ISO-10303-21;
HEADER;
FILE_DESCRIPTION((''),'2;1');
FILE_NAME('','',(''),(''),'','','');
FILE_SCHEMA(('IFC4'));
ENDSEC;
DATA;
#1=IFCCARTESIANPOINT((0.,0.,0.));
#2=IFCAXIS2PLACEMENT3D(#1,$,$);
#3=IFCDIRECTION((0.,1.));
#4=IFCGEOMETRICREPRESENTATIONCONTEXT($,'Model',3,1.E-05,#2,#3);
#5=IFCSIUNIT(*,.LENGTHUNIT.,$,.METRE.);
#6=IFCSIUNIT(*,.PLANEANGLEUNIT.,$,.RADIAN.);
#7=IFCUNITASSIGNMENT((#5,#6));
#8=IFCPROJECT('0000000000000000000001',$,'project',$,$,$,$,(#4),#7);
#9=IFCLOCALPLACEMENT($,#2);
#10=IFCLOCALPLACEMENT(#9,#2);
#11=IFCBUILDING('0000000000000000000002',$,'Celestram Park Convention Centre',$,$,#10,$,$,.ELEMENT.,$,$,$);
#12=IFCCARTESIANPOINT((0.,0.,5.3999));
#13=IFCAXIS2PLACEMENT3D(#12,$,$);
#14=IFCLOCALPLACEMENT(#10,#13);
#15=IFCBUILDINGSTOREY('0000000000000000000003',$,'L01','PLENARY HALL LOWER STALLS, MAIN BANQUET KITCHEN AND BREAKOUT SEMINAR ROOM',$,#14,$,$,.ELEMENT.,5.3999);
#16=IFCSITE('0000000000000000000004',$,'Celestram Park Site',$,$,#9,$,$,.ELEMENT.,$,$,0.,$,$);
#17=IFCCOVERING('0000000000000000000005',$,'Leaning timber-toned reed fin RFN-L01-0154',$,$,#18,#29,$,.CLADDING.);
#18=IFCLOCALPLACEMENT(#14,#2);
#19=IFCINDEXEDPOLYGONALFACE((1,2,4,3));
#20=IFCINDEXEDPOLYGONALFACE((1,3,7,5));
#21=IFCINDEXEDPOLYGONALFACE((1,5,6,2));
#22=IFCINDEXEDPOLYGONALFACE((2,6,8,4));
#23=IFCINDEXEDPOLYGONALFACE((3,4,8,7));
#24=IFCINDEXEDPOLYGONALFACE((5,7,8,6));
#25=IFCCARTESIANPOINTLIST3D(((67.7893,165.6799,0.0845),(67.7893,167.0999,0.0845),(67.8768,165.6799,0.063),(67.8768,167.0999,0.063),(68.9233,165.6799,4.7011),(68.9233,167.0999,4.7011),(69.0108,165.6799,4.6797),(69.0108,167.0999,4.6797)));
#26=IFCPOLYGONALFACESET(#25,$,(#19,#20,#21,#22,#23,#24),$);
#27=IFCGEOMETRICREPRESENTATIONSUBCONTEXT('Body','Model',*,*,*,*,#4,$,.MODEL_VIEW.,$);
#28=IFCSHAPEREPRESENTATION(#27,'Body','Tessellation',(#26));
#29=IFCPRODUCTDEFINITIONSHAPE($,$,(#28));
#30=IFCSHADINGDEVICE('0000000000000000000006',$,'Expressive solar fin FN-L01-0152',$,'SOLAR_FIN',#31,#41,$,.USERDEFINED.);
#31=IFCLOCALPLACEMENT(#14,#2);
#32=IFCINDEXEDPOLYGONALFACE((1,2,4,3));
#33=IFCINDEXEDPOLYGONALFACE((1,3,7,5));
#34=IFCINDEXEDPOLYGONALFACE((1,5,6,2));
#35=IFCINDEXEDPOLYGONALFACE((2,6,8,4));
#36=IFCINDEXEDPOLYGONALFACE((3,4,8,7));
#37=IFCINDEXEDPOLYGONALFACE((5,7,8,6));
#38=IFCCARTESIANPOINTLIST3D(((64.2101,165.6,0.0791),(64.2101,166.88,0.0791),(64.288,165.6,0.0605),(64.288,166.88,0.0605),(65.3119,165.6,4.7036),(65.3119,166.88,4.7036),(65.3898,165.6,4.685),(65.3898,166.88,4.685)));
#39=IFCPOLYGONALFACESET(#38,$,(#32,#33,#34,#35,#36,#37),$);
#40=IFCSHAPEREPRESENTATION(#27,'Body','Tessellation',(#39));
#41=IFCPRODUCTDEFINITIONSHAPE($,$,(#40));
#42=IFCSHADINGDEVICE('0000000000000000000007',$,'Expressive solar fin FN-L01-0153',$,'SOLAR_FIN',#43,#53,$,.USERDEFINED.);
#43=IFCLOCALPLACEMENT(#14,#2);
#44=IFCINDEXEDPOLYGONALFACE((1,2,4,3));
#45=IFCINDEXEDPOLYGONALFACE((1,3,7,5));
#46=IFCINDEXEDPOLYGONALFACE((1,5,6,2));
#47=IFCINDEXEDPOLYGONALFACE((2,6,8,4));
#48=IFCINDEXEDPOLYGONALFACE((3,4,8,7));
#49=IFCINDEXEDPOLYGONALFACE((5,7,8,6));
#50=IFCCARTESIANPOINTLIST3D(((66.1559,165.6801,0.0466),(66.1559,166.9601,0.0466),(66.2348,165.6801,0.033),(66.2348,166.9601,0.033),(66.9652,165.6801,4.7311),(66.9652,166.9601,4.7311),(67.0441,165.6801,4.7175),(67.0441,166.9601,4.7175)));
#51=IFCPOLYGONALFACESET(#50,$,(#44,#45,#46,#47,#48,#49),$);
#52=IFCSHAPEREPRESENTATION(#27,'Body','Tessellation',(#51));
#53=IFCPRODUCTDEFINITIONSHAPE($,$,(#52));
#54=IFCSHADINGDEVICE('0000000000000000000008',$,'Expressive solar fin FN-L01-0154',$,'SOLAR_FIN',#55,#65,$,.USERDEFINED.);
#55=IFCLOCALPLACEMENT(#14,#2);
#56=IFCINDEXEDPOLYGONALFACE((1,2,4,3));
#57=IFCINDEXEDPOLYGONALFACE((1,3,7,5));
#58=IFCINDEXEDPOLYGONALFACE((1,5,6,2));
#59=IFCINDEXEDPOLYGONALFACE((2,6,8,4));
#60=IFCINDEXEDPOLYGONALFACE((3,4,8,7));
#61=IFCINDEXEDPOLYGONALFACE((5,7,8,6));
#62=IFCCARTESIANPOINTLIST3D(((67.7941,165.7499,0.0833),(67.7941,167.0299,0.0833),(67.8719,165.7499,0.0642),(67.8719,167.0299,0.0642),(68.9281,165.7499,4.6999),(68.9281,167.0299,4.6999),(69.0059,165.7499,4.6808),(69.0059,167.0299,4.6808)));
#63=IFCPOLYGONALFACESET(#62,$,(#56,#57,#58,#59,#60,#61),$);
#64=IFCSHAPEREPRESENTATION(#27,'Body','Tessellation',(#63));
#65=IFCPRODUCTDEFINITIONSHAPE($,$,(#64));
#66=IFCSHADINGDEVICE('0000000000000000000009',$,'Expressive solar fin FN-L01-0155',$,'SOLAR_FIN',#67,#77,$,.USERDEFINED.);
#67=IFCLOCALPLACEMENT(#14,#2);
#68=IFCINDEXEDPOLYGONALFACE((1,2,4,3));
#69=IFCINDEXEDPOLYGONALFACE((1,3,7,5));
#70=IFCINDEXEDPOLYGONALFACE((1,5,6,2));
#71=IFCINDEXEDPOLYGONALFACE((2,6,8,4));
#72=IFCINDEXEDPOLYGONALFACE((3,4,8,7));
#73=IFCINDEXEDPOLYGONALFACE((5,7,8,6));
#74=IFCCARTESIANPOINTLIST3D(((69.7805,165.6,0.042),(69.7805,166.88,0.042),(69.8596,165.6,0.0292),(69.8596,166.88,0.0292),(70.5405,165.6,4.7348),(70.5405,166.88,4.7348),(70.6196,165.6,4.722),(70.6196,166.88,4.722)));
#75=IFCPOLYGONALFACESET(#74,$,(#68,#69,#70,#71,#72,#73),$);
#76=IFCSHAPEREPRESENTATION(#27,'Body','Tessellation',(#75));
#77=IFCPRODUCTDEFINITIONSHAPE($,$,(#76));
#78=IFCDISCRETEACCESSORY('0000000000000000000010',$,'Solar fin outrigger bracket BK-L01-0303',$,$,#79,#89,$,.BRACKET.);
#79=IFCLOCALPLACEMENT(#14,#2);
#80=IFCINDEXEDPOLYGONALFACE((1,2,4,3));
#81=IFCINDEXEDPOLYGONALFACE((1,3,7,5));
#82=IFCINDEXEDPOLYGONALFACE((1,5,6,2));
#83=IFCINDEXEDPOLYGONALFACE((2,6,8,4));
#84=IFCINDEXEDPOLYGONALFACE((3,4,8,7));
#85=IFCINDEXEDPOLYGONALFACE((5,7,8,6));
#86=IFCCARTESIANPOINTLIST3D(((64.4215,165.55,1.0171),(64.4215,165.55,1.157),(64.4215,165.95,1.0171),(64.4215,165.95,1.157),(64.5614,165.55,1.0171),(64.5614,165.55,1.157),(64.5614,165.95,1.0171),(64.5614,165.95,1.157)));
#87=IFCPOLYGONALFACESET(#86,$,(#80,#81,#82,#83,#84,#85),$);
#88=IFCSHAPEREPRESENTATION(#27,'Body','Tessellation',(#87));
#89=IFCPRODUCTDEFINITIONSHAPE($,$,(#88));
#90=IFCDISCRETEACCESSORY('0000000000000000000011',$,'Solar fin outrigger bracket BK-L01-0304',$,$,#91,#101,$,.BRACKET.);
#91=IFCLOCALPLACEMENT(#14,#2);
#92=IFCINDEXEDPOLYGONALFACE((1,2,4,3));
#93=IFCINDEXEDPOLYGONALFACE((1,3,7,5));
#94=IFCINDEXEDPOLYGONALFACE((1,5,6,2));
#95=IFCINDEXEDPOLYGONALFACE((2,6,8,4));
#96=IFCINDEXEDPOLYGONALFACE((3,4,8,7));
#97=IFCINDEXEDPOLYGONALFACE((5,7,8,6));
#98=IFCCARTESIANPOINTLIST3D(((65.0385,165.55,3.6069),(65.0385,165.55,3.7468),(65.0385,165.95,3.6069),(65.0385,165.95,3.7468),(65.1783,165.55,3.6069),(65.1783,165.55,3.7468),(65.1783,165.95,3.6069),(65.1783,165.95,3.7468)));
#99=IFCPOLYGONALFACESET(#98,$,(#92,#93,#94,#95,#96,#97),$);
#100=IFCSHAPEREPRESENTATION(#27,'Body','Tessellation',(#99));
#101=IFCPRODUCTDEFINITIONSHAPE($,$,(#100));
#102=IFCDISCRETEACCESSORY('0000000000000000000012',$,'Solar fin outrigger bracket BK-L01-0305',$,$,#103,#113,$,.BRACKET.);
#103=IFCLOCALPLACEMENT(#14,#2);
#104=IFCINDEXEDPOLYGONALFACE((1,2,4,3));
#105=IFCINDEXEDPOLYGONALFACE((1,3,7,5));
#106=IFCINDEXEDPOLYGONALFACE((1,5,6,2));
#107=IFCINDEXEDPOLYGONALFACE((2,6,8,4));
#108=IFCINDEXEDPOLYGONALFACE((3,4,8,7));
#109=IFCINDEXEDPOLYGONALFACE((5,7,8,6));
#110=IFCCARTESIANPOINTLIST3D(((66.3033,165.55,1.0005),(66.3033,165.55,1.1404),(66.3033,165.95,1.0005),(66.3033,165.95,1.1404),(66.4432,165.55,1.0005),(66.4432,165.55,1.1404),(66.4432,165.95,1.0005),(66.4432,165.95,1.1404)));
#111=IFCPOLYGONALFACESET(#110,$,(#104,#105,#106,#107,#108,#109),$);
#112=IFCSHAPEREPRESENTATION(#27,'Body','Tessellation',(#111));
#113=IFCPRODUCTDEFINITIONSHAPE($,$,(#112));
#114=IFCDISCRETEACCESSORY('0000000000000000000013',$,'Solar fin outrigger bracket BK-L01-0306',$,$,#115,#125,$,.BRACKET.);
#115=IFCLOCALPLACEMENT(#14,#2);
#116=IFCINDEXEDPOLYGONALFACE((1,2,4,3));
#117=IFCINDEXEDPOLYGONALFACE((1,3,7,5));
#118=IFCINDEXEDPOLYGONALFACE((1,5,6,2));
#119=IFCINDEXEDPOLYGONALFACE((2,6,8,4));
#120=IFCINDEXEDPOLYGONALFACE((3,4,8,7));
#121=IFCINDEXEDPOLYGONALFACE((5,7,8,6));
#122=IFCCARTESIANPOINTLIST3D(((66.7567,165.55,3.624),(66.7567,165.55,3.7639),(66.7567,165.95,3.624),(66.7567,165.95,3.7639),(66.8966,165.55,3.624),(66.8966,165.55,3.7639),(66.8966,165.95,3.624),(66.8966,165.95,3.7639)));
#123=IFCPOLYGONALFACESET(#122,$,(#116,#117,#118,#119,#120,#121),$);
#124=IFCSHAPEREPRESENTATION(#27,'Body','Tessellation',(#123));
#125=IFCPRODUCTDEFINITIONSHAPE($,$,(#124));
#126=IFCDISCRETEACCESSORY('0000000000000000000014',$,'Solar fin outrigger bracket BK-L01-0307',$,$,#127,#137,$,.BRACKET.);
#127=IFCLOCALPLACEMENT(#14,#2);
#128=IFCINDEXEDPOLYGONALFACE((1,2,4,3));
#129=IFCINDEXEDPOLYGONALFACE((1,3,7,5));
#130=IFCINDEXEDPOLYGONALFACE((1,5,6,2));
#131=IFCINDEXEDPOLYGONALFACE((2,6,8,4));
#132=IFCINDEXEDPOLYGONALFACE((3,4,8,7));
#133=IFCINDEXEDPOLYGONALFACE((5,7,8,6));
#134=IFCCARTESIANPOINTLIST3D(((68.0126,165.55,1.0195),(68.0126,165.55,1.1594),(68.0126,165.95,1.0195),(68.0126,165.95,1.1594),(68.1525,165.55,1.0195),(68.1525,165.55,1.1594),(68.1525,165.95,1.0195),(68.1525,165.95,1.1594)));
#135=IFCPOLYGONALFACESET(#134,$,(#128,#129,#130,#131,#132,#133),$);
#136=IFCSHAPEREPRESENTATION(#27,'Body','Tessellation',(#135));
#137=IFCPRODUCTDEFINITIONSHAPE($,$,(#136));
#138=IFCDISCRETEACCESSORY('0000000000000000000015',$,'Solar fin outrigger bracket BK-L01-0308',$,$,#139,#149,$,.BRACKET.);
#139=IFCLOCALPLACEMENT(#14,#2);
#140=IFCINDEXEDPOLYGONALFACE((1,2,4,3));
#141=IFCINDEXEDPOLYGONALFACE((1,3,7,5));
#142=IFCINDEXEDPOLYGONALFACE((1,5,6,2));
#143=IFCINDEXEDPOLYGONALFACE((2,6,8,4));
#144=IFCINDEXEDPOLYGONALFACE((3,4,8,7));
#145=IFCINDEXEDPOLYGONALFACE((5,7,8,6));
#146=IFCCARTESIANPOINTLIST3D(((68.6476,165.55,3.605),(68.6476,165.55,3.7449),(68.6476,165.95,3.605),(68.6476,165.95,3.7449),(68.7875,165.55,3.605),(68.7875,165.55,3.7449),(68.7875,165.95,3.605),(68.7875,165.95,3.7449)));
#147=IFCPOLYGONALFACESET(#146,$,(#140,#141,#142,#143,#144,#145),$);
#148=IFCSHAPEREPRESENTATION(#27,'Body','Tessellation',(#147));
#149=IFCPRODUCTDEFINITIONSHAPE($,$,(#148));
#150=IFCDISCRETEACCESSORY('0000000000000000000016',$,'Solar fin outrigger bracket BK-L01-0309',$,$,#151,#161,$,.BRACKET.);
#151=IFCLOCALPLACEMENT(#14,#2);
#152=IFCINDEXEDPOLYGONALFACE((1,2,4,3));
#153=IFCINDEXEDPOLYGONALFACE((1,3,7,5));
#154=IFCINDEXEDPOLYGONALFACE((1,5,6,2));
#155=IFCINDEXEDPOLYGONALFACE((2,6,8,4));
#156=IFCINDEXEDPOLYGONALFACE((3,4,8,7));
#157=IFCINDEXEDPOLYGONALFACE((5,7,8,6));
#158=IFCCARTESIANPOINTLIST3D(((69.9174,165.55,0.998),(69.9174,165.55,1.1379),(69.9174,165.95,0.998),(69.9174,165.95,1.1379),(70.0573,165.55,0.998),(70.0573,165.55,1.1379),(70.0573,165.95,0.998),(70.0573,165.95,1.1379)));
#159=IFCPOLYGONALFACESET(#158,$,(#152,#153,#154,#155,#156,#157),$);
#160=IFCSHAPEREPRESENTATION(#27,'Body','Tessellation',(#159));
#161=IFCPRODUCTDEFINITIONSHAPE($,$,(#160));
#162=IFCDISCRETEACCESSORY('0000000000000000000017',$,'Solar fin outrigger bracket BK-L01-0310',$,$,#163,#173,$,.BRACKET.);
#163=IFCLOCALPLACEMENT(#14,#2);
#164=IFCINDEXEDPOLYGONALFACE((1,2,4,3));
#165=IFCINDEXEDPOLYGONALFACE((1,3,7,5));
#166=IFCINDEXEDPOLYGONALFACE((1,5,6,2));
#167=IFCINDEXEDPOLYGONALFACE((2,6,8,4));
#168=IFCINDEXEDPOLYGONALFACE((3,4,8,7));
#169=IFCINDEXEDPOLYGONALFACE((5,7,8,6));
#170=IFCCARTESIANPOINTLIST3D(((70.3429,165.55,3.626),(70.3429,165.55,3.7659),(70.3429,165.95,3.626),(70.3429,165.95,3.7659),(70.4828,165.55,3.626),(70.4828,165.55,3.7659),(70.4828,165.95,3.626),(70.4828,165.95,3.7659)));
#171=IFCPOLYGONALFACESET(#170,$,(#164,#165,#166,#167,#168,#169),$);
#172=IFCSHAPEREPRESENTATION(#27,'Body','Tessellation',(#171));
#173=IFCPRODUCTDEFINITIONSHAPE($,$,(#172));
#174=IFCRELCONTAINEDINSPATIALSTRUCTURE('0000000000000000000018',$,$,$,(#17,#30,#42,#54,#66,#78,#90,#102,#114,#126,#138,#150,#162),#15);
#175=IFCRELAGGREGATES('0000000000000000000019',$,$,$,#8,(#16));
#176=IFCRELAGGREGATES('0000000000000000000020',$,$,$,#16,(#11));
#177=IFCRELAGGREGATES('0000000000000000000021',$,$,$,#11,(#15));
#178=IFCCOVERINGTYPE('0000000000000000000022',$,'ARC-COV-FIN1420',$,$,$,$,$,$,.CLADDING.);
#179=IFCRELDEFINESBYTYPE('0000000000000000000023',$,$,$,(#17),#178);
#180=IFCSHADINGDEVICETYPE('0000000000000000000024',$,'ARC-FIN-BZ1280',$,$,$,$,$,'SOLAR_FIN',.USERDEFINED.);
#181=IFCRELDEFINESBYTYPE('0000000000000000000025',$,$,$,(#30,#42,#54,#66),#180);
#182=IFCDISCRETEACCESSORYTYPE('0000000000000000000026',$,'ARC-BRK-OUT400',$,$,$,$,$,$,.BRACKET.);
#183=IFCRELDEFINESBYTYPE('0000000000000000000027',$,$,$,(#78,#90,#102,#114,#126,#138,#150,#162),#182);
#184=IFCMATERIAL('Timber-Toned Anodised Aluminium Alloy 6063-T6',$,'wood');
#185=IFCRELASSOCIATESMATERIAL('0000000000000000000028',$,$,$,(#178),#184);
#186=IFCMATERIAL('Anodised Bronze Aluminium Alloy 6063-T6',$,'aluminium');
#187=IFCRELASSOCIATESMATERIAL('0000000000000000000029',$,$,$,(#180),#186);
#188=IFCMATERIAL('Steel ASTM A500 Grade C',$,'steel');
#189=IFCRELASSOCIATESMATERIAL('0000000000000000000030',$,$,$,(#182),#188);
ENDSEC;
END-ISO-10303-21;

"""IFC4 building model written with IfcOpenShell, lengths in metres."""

from ifc_helpers import new_model, si_unit, direction, frame, origin, origin_2d, place, context, subcontext, project, spatial, rectangle, extrude, material, material_profile, profile_set, type_object, element, save


model = new_model("IFC4")

# Units and contexts
model_context = context("Model", 3, precision=1e-05, world=origin(), true_north=direction((0.0, 1.0)))
body_context = subcontext(model_context, "Body", "Model", "MODEL_VIEW")
ifc_project = project(units=[si_unit("LENGTHUNIT", "METRE"), si_unit("PLANEANGLEUNIT", "RADIAN")], contexts=[model_context])

# Site, building, storey
site_placement = place(None, origin())
site = spatial("IfcSite", under=ifc_project, at=site_placement, Name="Celestram Park Site", CompositionType="ELEMENT", RefElevation=0.0)
building_placement = place(site_placement, origin())
building = spatial("IfcBuilding", under=site, at=building_placement, Name="Celestram Park Convention Centre", CompositionType="ELEMENT")
storey_placement = place(building_placement, frame((0.0, 0.0, 5.3999)))
storey = spatial("IfcBuildingStorey", under=building, at=storey_placement, Name="L01", Description="PLENARY HALL LOWER STALLS, MAIN BANQUET KITCHEN AND BREAKOUT SEMINAR ROOM", CompositionType="ELEMENT", Elevation=5.3999)

# Covering
ifc_material_1 = material(Name="Timber-Toned Anodised Aluminium Alloy 6063-T6", Category="wood")
ifc_material_profile_1 = material_profile(ifc_material_1, rectangle(XDim=1.4199, YDim=0.0901, at=origin_2d()), Name="REED1420X90")
ifc_profile_set_1 = profile_set([ifc_material_profile_1], Name="Timber-Toned Anodised Aluminium Alloy 6063-T6")
covering_type_1 = type_object("IfcCoveringType", Name="ARC-COV-FIN1420", PredefinedType="CLADDING", material=ifc_profile_set_1)
covering_1_placement = place(storey_placement, frame((67.833, 166.3899, 0.0737), z_axis=(0.238546, 0.0, 0.971131), x_axis=(0.0, 1.0, 0.0)))
element("IfcCovering", 1, at=covering_1_placement, inside=storey, type_object=covering_type_1, Name="Leaning timber-toned reed fin RFN-L01-0154", PredefinedType="CLADDING", context=body_context, shape_type="SweptSolid", body=[
    extrude(rectangle(XDim=1.4199, YDim=0.0901, at=origin_2d()), origin(), (0.0, 0.0, 1.0), 4.7539),
])

# Shading devices
ifc_material_2 = material(Name="Anodised Bronze Aluminium Alloy 6063-T6", Category="aluminium")
ifc_material_profile_2 = material_profile(ifc_material_2, rectangle(XDim=1.28, YDim=0.0801, at=origin_2d()), Name="FIN1280X80")
ifc_profile_set_2 = profile_set([ifc_material_profile_2], Name="Anodised Bronze Aluminium Alloy 6063-T6")
shading_device_type = type_object("IfcShadingDeviceType", Name="ARC-FIN-BZ1280", ElementType="SOLAR_FIN", PredefinedType="USERDEFINED", material=ifc_profile_set_2)
for number, where, z_axis, x_axis, name in (
    (2, (64.249, 166.24, 0.0698), (0.231766, 0.0, 0.972771), (0.0, 1.0, 0.0), "Expressive solar fin FN-L01-0152"),
    (3, (66.1953, 166.3201, 0.0398), (0.170242, 0.0, 0.985402), (0.0, 1.0, 0.0), "Expressive solar fin FN-L01-0153"),
    (4, (67.833, 166.3899, 0.0737), (0.238546, 0.0, 0.971131), (0.0, 1.0, 0.0), "Expressive solar fin FN-L01-0154"),
    (5, (69.8201, 166.24, 0.0356), (0.159867, 0.0, 0.987139), (0.0, 1.0, 0.0), "Expressive solar fin FN-L01-0155"),
):
    element("IfcShadingDevice", number, at=place(storey_placement, frame(where, z_axis=z_axis, x_axis=x_axis)), inside=storey, type_object=shading_device_type, Name=name, ObjectType="SOLAR_FIN", PredefinedType="USERDEFINED", context=body_context, shape_type="SweptSolid", body=[
        extrude(rectangle(XDim=1.28, YDim=0.0801, at=origin_2d()), origin(), (0.0, 0.0, 1.0), 4.7539),
    ])

# Discrete accessories
ifc_material_3 = material(Name="Steel ASTM A500 Grade C", Category="steel")
discrete_accessory_type = type_object("IfcDiscreteAccessoryType", Name="ARC-BRK-OUT400", PredefinedType="BRACKET", material=ifc_material_3)
for number, where, z_axis, x_axis, name in (
    (6, (64.4915, 165.75, 1.0171), (0.0, 0.0, 1.0), (0.0, 1.0, 0.0), "Solar fin outrigger bracket BK-L01-0303"),
    (7, (65.1084, 165.75, 3.6069), (0.0, 0.0, 1.0), (0.0, 1.0, 0.0), "Solar fin outrigger bracket BK-L01-0304"),
    (8, (66.3733, 165.75, 1.0005), (0.0, 0.0, 1.0), (0.0, 1.0, 0.0), "Solar fin outrigger bracket BK-L01-0305"),
    (9, (66.8267, 165.75, 3.624), (0.0, 0.0, 1.0), (0.0, 1.0, 0.0), "Solar fin outrigger bracket BK-L01-0306"),
    (10, (68.0825, 165.75, 1.0195), (0.0, 0.0, 1.0), (0.0, 1.0, 0.0), "Solar fin outrigger bracket BK-L01-0307"),
    (11, (68.7175, 165.75, 3.605), (0.0, 0.0, 1.0), (0.0, 1.0, 0.0), "Solar fin outrigger bracket BK-L01-0308"),
    (12, (69.9873, 165.75, 0.998), (0.0, 0.0, 1.0), (0.0, 1.0, 0.0), "Solar fin outrigger bracket BK-L01-0309"),
    (13, (70.4128, 165.75, 3.626), (0.0, 0.0, 1.0), (0.0, 1.0, 0.0), "Solar fin outrigger bracket BK-L01-0310"),
):
    element("IfcDiscreteAccessory", number, at=place(storey_placement, frame(where, z_axis=z_axis, x_axis=x_axis)), inside=storey, type_object=discrete_accessory_type, Name=name, PredefinedType="BRACKET", context=body_context, shape_type="SweptSolid", body=[
        extrude(rectangle(XDim=0.3999, YDim=0.1399, at=origin_2d()), origin(), (0.0, 0.0, 1.0), 0.1399),
    ])

save(model, "model.ifc")
